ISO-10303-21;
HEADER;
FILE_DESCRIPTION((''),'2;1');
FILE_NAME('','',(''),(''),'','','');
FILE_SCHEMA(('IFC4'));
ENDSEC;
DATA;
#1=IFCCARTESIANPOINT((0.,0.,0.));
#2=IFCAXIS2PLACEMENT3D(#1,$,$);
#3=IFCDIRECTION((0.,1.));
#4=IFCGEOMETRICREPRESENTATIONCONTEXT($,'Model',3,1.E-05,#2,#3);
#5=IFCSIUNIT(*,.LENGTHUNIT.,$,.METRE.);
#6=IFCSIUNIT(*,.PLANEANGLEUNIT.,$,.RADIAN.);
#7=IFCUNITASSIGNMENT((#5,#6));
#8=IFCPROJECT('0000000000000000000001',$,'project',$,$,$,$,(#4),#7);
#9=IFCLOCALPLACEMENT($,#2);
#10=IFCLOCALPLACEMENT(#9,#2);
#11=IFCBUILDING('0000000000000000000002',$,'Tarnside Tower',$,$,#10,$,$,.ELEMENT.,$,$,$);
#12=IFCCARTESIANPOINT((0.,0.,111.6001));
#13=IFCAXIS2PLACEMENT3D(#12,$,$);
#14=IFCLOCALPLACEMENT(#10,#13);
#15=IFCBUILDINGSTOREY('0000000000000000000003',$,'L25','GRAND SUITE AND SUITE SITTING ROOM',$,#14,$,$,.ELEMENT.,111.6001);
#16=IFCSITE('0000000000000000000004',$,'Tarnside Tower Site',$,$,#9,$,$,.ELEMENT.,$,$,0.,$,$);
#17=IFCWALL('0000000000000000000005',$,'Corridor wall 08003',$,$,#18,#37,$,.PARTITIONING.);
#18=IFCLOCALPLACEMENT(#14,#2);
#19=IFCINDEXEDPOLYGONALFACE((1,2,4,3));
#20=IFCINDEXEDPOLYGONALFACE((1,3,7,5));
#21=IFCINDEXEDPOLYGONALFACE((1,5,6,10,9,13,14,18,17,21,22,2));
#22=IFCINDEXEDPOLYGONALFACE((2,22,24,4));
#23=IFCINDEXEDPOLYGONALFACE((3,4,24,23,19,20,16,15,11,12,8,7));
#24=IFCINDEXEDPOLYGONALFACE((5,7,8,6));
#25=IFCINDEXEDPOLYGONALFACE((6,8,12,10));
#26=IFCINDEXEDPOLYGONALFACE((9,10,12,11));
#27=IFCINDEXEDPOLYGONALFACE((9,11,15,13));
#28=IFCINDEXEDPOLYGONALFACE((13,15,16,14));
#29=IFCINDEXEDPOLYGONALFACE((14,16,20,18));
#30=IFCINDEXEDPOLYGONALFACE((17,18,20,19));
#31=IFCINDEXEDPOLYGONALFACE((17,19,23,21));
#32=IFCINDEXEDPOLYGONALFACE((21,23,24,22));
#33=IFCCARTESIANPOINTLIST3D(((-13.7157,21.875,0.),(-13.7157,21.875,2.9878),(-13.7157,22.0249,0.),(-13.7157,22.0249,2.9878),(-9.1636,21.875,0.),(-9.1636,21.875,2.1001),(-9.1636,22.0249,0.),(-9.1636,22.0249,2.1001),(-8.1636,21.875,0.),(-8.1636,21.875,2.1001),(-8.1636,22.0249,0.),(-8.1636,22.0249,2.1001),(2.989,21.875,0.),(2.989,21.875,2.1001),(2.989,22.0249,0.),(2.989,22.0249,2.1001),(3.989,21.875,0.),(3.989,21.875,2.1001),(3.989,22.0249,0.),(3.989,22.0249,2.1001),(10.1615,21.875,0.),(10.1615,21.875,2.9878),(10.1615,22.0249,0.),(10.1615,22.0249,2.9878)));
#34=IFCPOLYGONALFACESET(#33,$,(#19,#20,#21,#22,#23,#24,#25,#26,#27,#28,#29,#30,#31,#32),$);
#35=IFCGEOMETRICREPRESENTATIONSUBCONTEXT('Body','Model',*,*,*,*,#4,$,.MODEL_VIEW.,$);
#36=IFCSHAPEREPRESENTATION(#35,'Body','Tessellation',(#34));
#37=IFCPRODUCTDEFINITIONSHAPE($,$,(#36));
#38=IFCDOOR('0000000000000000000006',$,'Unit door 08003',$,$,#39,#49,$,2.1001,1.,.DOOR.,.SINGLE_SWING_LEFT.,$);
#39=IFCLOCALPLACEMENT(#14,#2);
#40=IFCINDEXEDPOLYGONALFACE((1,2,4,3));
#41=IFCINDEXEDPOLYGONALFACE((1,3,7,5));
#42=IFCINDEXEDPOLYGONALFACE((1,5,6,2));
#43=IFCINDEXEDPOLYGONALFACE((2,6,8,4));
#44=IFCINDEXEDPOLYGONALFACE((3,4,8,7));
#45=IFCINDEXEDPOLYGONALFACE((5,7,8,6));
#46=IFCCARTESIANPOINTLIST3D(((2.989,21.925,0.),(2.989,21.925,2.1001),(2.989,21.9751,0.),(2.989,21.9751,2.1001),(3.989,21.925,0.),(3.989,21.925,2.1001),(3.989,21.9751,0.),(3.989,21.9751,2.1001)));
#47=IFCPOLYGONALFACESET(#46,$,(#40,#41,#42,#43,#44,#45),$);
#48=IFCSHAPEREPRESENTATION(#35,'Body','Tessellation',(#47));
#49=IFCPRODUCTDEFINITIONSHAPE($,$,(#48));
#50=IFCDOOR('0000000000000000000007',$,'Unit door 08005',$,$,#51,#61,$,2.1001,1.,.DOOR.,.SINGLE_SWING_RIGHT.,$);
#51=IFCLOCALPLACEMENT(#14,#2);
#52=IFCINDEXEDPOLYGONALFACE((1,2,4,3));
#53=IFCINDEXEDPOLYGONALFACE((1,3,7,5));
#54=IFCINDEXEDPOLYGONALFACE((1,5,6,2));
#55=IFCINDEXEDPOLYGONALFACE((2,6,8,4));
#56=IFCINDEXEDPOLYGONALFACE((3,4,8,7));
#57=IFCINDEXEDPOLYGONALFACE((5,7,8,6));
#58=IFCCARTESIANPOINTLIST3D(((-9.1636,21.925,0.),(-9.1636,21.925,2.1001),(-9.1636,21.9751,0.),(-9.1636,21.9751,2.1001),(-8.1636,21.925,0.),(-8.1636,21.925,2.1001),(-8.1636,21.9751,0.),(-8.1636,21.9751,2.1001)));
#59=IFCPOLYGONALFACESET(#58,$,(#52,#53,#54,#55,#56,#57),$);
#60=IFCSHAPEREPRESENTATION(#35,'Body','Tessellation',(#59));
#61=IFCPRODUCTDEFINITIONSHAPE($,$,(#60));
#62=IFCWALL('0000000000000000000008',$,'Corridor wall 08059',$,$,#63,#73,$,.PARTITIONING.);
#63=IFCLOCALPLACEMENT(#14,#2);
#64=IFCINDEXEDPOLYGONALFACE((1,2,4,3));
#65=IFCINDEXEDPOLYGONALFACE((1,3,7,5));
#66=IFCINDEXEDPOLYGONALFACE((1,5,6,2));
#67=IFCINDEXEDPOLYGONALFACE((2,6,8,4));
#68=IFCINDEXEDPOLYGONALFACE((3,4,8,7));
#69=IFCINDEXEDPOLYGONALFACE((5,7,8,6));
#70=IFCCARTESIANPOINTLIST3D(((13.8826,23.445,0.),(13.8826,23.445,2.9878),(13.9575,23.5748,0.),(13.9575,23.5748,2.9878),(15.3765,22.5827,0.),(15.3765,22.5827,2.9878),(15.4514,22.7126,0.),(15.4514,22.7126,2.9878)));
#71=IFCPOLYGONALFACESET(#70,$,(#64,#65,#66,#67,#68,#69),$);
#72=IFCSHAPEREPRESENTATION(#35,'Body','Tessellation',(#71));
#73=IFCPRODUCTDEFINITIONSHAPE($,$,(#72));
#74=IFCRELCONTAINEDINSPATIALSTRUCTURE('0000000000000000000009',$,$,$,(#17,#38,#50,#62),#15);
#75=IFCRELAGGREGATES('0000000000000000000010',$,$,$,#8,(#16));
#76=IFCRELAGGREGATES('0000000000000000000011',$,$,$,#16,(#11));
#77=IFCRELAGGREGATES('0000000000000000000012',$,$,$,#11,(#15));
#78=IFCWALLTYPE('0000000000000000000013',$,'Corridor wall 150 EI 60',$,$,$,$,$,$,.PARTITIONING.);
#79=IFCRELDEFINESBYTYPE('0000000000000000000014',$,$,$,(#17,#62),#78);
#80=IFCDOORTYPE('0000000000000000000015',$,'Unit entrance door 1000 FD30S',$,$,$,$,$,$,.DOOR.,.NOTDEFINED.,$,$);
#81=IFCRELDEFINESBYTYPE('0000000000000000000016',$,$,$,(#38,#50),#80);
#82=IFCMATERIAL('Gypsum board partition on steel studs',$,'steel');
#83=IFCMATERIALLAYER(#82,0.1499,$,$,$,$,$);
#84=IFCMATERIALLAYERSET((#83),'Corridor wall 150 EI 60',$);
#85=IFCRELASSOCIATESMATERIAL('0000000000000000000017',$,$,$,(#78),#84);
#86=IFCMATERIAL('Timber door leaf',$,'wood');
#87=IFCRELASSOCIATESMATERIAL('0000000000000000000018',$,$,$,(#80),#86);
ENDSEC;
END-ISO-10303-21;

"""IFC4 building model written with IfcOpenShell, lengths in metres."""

from ifc_helpers import new_model, si_unit, direction, frame, frame_2d, origin, place, context, subcontext, project, spatial, rectangle, extrude, material, layer, layer_set, type_object, element, fill, save


model = new_model("IFC4")

# Units and contexts
model_context = context("Model", 3, precision=1e-05, world=origin(), true_north=direction((0.0, 1.0)))
body_context = subcontext(model_context, "Body", "Model", "MODEL_VIEW")
ifc_project = project(units=[si_unit("LENGTHUNIT", "METRE"), si_unit("PLANEANGLEUNIT", "RADIAN")], contexts=[model_context])

# Site, building, storey
site_placement = place(None, origin())
site = spatial("IfcSite", under=ifc_project, at=site_placement, Name="Tarnside Tower Site", CompositionType="ELEMENT", RefElevation=0.0)
building_placement = place(site_placement, origin())
building = spatial("IfcBuilding", under=site, at=building_placement, Name="Tarnside Tower", CompositionType="ELEMENT")
storey_placement = place(building_placement, frame((0.0, 0.0, 111.6001)))
storey = spatial("IfcBuildingStorey", under=building, at=storey_placement, Name="L25", Description="GRAND SUITE AND SUITE SITTING ROOM", CompositionType="ELEMENT", Elevation=111.6001)

# Shared definitions
ifc_material_1 = material(Name="Gypsum board partition on steel studs", Category="steel")
ifc_layer_1 = layer(ifc_material_1, 0.1499)
ifc_layer_set_1 = layer_set([ifc_layer_1], Name="Corridor wall 150 EI 60")
wall_type_1 = type_object("IfcWallType", Name="Corridor wall 150 EI 60", PredefinedType="PARTITIONING", material=ifc_layer_set_1)

# Shared definitions
ifc_material_2 = material(Name="Timber door leaf", Category="wood")
door_type = type_object("IfcDoorType", Name="Unit entrance door 1000 FD30S", OperationType="NOTDEFINED", PredefinedType="DOOR", material=ifc_material_2)

# Wall, openings, doors
wall_1_placement = place(storey_placement, frame((10.1614, 21.95, 0.0), z_axis=(0.0, 0.0, 1.0), x_axis=(-1.0, 0.0, 0.0)))
wall_1 = element("IfcWall", 1, at=wall_1_placement, inside=storey, type_object=wall_type_1, Name="Corridor wall 08003", PredefinedType="PARTITIONING", context=body_context, shape_type="SweptSolid", body=[
    extrude(rectangle(XDim=23.8772, YDim=0.1499, at=frame_2d((11.9385, 0.0))), origin(), (0.0, 0.0, 1.0), 2.9878),
])
opening_1_placement = place(wall_1_placement, frame((6.1724, 0.0, 0.0)))
opening_1 = element("IfcOpeningElement", 2, at=opening_1_placement, cuts=wall_1, PredefinedType="OPENING", context=body_context, shape_type="SweptSolid", body=[
    extrude(rectangle(XDim=1.0, YDim=2.1001, at=frame_2d((0.5, 1.05))), frame((0.0, 0.085, 0.0), z_axis=(0.0, -1.0, 0.0), x_axis=(1.0, 0.0, 0.0)), (0.0, 0.0, 1.0), 0.1699),
])
opening_2_placement = place(wall_1_placement, frame((18.325, 0.0, 0.0)))
opening_2 = element("IfcOpeningElement", 3, at=opening_2_placement, cuts=wall_1, PredefinedType="OPENING", context=body_context, shape_type="SweptSolid", body=[
    extrude(rectangle(XDim=1.0, YDim=2.1001, at=frame_2d((0.5, 1.05))), frame((0.0, 0.085, 0.0), z_axis=(0.0, -1.0, 0.0), x_axis=(1.0, 0.0, 0.0)), (0.0, 0.0, 1.0), 0.1699),
])
door_1_placement = place(opening_1_placement, origin())
door_1 = element("IfcDoor", 4, at=door_1_placement, inside=storey, type_object=door_type, Name="Unit door 08003", OperationType="SINGLE_SWING_LEFT", OverallHeight=2.1001, OverallWidth=1.0, PredefinedType="DOOR", context=body_context, shape_type="SweptSolid", body=[
    extrude(rectangle(XDim=1.0, YDim=2.1001, at=frame_2d((0.5, 1.05))), frame((0.0, 0.0249, 0.0), z_axis=(0.0, -1.0, 0.0), x_axis=(1.0, 0.0, 0.0)), (0.0, 0.0, 1.0), 0.05),
])
fill(opening_1, door_1)
door_2_placement = place(opening_2_placement, origin())
door_2 = element("IfcDoor", 5, at=door_2_placement, inside=storey, type_object=door_type, Name="Unit door 08005", OperationType="SINGLE_SWING_RIGHT", OverallHeight=2.1001, OverallWidth=1.0, PredefinedType="DOOR", context=body_context, shape_type="SweptSolid", body=[
    extrude(rectangle(XDim=1.0, YDim=2.1001, at=frame_2d((0.5, 1.05))), frame((0.0, 0.0249, 0.0), z_axis=(0.0, -1.0, 0.0), x_axis=(1.0, 0.0, 0.0)), (0.0, 0.0, 1.0), 0.05),
])
fill(opening_2, door_2)

# Wall
wall_2_placement = place(storey_placement, frame((15.4138, 22.6477, 0.0), z_axis=(0.0, 0.0, 1.0), x_axis=(-0.866075, 0.499914, 0.0)))
element("IfcWall", 6, at=wall_2_placement, inside=storey, type_object=wall_type_1, Name="Corridor wall 08059", PredefinedType="PARTITIONING", context=body_context, shape_type="SweptSolid", body=[
    extrude(rectangle(XDim=1.7249, YDim=0.1499, at=frame_2d((0.8623, 0.0))), origin(), (0.0, 0.0, 1.0), 2.9878),
])

save(model, "model.ifc")
